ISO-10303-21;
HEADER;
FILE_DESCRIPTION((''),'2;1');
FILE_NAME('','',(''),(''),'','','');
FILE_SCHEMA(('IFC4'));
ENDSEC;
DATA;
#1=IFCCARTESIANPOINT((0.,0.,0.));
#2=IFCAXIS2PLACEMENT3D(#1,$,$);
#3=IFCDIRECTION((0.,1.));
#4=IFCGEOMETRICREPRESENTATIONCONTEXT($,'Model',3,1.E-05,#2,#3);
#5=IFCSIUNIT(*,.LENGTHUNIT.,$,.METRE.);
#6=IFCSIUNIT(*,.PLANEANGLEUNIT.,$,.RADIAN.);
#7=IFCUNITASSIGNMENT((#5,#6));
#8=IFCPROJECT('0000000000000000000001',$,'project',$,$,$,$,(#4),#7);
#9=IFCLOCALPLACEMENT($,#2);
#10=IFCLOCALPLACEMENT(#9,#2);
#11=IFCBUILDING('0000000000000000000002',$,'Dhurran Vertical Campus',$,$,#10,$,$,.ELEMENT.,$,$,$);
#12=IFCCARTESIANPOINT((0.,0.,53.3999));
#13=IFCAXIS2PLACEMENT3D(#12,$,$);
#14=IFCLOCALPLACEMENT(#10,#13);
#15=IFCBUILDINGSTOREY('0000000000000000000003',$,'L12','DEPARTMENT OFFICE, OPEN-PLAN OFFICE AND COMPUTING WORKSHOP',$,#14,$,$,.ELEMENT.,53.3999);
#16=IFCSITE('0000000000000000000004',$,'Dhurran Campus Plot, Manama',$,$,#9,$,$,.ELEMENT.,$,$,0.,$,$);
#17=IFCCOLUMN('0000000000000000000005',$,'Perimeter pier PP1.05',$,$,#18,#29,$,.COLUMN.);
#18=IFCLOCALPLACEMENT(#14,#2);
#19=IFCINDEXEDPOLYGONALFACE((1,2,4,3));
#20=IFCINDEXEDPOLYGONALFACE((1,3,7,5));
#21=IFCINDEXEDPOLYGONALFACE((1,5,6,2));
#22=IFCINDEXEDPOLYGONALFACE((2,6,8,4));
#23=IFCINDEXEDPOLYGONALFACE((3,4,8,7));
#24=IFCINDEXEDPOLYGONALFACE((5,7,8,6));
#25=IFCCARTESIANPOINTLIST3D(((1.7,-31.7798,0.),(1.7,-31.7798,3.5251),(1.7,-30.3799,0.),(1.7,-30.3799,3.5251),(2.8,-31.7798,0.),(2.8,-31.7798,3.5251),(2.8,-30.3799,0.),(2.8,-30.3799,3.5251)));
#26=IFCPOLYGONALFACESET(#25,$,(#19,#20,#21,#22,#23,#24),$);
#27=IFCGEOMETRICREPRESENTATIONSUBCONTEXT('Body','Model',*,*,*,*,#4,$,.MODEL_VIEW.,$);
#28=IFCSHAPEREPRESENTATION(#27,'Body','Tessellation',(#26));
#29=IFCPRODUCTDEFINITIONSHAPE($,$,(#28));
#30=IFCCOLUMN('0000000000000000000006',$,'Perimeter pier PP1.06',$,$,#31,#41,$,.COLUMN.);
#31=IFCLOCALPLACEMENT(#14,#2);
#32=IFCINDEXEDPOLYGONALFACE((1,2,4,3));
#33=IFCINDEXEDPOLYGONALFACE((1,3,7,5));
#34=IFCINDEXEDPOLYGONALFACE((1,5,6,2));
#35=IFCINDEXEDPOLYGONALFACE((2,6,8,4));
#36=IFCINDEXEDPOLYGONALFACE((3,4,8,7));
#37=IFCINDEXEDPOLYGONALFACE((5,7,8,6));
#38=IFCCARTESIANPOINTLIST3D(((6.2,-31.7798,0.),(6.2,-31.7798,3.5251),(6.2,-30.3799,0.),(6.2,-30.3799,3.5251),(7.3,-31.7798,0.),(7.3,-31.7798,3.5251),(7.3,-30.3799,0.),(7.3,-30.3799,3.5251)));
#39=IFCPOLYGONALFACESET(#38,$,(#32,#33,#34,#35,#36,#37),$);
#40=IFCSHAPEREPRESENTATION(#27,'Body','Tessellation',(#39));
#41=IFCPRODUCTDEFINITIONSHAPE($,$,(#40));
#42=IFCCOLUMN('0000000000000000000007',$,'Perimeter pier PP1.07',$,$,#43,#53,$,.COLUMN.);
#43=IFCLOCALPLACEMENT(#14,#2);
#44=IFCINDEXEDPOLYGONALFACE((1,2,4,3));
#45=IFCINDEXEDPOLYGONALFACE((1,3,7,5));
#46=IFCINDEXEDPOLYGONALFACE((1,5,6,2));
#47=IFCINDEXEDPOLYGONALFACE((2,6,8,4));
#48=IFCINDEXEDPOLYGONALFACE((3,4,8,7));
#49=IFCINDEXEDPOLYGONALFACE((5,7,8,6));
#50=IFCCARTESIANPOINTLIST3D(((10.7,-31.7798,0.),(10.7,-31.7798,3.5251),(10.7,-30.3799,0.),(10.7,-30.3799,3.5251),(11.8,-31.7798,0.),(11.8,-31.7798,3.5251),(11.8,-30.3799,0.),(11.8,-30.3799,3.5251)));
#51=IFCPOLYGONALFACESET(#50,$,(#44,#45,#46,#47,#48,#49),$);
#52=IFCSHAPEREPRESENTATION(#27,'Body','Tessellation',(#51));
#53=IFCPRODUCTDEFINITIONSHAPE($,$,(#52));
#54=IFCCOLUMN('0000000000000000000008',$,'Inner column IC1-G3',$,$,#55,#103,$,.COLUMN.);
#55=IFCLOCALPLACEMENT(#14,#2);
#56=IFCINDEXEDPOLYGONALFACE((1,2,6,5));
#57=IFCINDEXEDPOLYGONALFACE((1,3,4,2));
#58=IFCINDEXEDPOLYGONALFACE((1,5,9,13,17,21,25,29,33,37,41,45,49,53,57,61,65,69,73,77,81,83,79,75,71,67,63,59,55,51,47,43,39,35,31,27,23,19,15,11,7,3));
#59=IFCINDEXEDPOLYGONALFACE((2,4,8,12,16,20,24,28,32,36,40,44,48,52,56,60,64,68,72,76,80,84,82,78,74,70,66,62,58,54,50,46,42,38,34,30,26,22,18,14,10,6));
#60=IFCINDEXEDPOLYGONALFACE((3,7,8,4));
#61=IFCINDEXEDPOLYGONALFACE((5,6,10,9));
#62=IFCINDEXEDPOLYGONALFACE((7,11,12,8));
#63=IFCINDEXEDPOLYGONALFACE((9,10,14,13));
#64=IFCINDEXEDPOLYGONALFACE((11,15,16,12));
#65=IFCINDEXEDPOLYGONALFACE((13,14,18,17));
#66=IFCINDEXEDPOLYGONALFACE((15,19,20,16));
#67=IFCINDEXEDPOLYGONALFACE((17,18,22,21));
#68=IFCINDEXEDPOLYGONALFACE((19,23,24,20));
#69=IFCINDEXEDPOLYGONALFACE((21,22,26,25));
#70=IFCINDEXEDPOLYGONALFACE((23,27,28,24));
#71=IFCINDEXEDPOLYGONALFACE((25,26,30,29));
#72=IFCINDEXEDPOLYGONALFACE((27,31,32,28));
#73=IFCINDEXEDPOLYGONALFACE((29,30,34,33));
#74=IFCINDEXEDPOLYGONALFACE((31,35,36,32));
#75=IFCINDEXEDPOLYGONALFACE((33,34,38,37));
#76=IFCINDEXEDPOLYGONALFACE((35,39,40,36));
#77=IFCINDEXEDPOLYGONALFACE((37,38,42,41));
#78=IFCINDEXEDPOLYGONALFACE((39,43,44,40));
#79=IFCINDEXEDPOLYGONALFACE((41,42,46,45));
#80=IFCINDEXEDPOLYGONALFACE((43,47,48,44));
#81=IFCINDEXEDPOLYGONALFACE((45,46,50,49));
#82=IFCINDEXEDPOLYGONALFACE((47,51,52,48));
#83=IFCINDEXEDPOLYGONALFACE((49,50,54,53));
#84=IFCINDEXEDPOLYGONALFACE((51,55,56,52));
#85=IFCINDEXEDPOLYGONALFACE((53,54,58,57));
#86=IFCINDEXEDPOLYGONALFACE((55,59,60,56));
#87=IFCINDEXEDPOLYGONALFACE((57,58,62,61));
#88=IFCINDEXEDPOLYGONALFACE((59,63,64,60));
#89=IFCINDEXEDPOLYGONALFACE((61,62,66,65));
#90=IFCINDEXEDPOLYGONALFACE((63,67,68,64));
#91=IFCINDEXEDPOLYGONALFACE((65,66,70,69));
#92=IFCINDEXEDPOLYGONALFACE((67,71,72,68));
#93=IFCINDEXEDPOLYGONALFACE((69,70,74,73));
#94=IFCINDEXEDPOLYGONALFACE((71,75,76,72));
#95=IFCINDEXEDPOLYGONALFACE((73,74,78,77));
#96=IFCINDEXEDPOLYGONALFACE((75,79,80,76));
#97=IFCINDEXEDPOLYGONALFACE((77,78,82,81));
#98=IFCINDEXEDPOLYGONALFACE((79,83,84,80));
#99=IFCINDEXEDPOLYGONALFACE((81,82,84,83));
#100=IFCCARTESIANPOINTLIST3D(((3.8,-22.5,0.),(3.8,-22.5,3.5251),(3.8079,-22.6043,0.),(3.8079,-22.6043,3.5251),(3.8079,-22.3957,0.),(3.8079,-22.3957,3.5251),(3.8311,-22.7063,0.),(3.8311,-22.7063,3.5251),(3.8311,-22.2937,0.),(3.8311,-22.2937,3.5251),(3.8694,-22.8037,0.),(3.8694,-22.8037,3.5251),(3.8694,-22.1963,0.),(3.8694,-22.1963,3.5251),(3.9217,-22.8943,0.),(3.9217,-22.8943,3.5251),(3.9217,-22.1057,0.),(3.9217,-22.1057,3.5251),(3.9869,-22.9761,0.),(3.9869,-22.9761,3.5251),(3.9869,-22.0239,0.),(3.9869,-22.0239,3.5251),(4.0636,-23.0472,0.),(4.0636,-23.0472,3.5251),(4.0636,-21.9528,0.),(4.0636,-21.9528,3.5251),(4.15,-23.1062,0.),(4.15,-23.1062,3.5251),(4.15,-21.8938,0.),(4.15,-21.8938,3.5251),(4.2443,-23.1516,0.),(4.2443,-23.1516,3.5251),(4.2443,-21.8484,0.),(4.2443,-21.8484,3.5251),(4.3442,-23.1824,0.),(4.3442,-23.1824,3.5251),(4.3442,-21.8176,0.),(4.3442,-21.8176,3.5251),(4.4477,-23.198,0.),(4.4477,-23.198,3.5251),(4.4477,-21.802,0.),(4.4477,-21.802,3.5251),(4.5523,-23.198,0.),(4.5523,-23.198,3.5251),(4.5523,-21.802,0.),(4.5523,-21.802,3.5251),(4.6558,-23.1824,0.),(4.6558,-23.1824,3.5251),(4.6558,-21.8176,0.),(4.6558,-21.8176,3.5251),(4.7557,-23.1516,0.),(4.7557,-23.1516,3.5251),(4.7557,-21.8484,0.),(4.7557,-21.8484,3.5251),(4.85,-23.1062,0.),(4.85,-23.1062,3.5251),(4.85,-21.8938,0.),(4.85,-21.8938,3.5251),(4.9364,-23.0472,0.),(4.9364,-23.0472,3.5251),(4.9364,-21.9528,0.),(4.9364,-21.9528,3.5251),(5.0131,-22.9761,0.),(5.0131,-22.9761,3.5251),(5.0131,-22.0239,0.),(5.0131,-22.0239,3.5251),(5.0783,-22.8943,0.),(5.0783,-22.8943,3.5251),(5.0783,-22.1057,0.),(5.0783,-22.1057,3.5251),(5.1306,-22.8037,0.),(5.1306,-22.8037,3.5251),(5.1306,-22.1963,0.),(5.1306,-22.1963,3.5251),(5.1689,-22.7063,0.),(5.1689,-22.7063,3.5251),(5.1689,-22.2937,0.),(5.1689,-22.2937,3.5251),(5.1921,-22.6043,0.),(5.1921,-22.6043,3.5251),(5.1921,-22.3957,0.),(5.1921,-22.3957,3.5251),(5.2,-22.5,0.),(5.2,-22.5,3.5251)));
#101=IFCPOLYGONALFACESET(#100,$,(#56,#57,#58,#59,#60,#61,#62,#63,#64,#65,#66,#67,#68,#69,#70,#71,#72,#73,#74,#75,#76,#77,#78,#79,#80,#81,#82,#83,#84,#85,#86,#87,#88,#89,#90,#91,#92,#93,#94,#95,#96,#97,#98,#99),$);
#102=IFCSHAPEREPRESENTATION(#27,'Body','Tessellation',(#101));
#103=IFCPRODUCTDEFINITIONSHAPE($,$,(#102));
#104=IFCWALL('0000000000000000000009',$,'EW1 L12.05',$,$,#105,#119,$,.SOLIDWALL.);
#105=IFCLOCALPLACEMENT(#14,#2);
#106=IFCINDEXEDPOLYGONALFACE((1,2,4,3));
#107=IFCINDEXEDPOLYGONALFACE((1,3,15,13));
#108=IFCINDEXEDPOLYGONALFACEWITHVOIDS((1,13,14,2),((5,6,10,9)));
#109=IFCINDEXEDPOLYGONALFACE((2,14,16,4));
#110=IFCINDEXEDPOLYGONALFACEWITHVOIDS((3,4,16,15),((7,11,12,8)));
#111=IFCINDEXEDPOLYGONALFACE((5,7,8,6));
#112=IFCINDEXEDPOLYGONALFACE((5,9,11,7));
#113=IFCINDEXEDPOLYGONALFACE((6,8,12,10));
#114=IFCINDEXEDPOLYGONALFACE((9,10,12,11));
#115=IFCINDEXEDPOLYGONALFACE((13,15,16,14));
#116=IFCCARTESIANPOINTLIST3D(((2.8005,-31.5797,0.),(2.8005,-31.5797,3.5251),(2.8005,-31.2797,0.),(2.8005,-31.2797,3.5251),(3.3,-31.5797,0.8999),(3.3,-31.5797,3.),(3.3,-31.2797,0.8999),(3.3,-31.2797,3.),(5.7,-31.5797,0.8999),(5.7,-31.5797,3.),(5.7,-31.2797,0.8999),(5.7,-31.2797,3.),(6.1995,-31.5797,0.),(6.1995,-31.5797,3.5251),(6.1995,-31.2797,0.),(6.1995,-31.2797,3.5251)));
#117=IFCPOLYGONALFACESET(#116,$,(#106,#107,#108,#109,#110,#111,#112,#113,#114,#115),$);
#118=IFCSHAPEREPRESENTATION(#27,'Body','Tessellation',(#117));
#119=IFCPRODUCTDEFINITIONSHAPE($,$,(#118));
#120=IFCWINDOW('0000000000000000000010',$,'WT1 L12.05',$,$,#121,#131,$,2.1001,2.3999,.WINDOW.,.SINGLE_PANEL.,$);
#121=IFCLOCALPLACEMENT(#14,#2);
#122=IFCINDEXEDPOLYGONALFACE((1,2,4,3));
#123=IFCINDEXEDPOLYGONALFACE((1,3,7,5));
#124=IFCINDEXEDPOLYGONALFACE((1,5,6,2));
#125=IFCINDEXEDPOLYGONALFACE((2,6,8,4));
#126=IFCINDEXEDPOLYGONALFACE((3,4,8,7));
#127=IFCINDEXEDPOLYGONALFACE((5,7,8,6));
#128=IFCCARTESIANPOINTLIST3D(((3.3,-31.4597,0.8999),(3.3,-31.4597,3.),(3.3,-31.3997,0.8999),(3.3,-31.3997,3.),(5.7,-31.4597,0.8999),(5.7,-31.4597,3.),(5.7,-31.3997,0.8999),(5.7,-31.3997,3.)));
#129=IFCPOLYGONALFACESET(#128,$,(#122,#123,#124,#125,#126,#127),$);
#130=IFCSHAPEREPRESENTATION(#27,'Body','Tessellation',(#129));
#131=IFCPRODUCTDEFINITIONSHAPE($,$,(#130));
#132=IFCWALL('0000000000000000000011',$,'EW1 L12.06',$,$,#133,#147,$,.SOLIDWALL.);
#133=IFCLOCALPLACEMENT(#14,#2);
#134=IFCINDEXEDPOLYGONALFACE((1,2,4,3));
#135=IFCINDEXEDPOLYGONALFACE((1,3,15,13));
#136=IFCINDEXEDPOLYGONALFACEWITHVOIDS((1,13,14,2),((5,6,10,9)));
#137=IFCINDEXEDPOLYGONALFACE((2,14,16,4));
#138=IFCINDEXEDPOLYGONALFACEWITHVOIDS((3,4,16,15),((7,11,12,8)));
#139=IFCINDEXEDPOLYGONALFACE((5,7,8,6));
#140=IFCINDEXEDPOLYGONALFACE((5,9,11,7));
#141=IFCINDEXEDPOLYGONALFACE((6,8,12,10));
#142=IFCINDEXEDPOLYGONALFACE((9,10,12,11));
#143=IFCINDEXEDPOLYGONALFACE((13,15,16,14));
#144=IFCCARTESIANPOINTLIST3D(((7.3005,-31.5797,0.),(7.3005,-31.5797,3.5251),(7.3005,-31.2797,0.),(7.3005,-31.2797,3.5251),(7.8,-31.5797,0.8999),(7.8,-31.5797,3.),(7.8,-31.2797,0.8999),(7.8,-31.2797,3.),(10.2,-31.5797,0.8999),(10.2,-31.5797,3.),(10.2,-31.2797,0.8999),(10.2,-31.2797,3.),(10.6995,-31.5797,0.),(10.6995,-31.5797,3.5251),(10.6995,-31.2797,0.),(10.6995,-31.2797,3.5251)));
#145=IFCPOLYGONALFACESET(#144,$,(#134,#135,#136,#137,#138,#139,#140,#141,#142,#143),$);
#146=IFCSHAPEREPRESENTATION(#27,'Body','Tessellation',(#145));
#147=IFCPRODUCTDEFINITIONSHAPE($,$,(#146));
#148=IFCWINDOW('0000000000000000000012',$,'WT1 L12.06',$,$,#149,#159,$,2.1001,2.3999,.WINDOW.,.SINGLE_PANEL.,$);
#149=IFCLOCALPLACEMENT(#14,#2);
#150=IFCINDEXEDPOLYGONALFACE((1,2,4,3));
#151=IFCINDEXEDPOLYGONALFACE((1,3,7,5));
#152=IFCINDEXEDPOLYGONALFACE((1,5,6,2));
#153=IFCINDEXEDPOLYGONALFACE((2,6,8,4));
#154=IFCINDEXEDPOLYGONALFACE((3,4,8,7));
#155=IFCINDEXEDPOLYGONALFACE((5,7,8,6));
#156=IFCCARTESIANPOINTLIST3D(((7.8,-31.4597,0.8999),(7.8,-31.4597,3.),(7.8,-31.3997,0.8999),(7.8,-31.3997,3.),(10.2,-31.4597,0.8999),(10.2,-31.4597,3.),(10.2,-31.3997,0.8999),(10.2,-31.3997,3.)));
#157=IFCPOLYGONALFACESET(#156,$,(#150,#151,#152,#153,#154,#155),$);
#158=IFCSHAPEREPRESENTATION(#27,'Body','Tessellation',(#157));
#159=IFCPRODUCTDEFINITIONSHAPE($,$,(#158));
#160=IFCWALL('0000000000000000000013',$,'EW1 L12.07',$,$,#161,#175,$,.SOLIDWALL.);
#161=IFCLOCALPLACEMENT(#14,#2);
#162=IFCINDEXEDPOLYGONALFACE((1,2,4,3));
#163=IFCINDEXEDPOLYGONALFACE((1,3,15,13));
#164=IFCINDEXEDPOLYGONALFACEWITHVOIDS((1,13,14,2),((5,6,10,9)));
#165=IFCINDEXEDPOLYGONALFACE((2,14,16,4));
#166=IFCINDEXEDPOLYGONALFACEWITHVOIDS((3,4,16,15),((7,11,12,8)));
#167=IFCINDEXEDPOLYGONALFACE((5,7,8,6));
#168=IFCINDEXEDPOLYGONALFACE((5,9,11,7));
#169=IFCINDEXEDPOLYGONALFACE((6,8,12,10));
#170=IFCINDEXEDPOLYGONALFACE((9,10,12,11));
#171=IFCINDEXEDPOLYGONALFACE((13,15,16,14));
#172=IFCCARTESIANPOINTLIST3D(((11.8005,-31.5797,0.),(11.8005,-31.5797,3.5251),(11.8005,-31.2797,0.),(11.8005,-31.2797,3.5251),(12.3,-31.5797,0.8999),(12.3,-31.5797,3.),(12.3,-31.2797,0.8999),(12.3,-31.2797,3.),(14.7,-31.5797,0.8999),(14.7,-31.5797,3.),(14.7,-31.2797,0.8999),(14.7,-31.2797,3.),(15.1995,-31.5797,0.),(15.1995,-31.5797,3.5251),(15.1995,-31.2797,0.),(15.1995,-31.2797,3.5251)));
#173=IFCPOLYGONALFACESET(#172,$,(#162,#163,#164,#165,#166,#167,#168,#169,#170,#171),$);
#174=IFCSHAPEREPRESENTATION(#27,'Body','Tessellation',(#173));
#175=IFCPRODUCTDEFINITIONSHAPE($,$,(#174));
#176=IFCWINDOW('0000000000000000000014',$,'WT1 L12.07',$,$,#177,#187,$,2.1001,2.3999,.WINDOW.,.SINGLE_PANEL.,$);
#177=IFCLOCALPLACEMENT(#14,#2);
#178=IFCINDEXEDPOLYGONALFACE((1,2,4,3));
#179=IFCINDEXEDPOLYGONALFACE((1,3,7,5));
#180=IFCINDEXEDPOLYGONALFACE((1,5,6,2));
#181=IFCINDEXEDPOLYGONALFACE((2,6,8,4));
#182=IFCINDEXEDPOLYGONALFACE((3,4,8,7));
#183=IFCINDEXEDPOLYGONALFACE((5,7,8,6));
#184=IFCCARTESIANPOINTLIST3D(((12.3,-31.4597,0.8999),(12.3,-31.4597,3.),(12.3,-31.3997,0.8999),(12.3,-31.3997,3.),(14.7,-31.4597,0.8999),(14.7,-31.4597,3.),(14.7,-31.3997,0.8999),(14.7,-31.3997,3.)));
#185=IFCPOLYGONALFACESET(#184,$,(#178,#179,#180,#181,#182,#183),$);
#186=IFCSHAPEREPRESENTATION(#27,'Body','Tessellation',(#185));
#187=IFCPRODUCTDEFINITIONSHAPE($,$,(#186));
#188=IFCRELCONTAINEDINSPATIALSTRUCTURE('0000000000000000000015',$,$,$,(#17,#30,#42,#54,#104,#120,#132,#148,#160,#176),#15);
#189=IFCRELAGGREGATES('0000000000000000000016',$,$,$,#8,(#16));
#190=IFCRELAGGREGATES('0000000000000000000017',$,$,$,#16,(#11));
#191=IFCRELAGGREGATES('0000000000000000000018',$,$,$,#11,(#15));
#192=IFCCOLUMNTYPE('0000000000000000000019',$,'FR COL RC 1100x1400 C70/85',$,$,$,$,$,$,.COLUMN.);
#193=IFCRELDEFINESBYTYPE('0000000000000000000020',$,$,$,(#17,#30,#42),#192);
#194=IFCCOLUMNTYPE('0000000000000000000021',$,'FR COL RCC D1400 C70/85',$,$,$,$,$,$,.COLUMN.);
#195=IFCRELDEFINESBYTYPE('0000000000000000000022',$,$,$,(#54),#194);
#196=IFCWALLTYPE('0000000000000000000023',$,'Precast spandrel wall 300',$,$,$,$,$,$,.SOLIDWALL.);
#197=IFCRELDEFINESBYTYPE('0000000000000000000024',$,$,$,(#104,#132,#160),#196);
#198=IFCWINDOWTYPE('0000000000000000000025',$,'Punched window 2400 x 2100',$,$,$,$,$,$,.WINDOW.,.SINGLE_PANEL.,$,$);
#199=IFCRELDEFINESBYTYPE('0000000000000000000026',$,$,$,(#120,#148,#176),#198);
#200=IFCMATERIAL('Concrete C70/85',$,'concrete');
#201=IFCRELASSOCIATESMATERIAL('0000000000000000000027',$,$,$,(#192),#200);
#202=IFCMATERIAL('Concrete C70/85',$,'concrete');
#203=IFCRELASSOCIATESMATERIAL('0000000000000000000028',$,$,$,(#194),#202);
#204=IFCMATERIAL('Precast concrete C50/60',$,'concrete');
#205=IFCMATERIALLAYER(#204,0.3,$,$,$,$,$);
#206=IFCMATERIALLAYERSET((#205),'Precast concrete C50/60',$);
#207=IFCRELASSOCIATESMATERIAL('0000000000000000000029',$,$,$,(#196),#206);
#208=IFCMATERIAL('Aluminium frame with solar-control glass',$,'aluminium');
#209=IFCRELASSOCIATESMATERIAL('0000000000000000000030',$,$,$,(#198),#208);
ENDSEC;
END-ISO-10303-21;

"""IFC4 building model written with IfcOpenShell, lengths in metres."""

from ifc_helpers import new_model, si_unit, direction, frame, frame_2d, origin, origin_2d, place, context, subcontext, project, spatial, rectangle, circle, extrude, material, layer, layer_set, material_profile, profile_set, type_object, element, fill, save


model = new_model("IFC4")

# Units and contexts
model_context = context("Model", 3, precision=1e-05, world=origin(), true_north=direction((0.0, 1.0)))
body_context = subcontext(model_context, "Body", "Model", "MODEL_VIEW")
ifc_project = project(units=[si_unit("LENGTHUNIT", "METRE"), si_unit("PLANEANGLEUNIT", "RADIAN")], contexts=[model_context])

# Site, building, storey
site_placement = place(None, origin())
site = spatial("IfcSite", under=ifc_project, at=site_placement, Name="Dhurran Campus Plot, Manama", CompositionType="ELEMENT", RefElevation=0.0)
building_placement = place(site_placement, origin())
building = spatial("IfcBuilding", under=site, at=building_placement, Name="Dhurran Vertical Campus", CompositionType="ELEMENT")
storey_placement = place(building_placement, frame((0.0, 0.0, 53.3999)))
storey = spatial("IfcBuildingStorey", under=building, at=storey_placement, Name="L12", Description="DEPARTMENT OFFICE, OPEN-PLAN OFFICE AND COMPUTING WORKSHOP", CompositionType="ELEMENT", Elevation=53.3999)

# Columns
ifc_material_1 = material(Name="Concrete C70/85", Category="concrete")
ifc_material_profile_1 = material_profile(ifc_material_1, rectangle(XDim=1.1001, YDim=1.3999, at=origin_2d()), Name="RC 1100x1400")
ifc_profile_set_1 = profile_set([ifc_material_profile_1], Name="Concrete C70/85")
column_type_1 = type_object("IfcColumnType", Name="FR COL RC 1100x1400 C70/85", PredefinedType="COLUMN", material=ifc_profile_set_1)
for number, where, z_axis, x_axis, name in (
    (1, (2.25, -31.0798, 0.0), (0.0, 0.0, 1.0), (1.0, 0.0, 0.0), "Perimeter pier PP1.05"),
    (2, (6.75, -31.0798, 0.0), (0.0, 0.0, 1.0), (1.0, 0.0, 0.0), "Perimeter pier PP1.06"),
    (3, (11.25, -31.0798, 0.0), (0.0, 0.0, 1.0), (1.0, 0.0, 0.0), "Perimeter pier PP1.07"),
):
    element("IfcColumn", number, at=place(storey_placement, frame(where, z_axis=z_axis, x_axis=x_axis)), inside=storey, type_object=column_type_1, Name=name, PredefinedType="COLUMN", context=body_context, shape_type="SweptSolid", body=[
        extrude(rectangle(XDim=1.1001, YDim=1.3999, at=origin_2d()), origin(), (0.0, 0.0, 1.0), 3.5251),
    ])
ifc_material_2 = material(Name="Concrete C70/85", Category="concrete")
ifc_material_profile_2 = material_profile(ifc_material_2, circle(Radius=0.7, at=origin_2d()), Name="RCC D1400")
ifc_profile_set_2 = profile_set([ifc_material_profile_2], Name="Concrete C70/85")
column_type_2 = type_object("IfcColumnType", Name="FR COL RCC D1400 C70/85", PredefinedType="COLUMN", material=ifc_profile_set_2)
column_placement = place(storey_placement, frame((4.5, -22.5, 0.0), z_axis=(0.0, 0.0, 1.0), x_axis=(1.0, 0.0, 0.0)))
element("IfcColumn", 4, at=column_placement, inside=storey, type_object=column_type_2, Name="Inner column IC1-G3", PredefinedType="COLUMN", context=body_context, shape_type="SweptSolid", body=[
    extrude(circle(Radius=0.7, at=origin_2d()), origin(), (0.0, 0.0, 1.0), 3.5251),
])

# Walls, openings, windows
ifc_material_3 = material(Name="Precast concrete C50/60", Category="concrete")
ifc_layer_1 = layer(ifc_material_3, 0.3)
ifc_layer_set_1 = layer_set([ifc_layer_1], Name="Precast concrete C50/60")
wall_type_1 = type_object("IfcWallType", Name="Precast spandrel wall 300", PredefinedType="SOLIDWALL", material=ifc_layer_set_1)
wall_1_placement = place(storey_placement, frame((2.8005, -31.4297, 0.0), z_axis=(0.0, 0.0, 1.0), x_axis=(1.0, 0.0, 0.0)))
wall_1 = element("IfcWall", 5, at=wall_1_placement, inside=storey, type_object=wall_type_1, Name="EW1 L12.05", PredefinedType="SOLIDWALL", context=body_context, shape_type="SweptSolid", body=[
    extrude(rectangle(XDim=3.3989, YDim=0.3, at=frame_2d((1.6995, 0.0))), origin(), (0.0, 0.0, 1.0), 3.5251),
])
opening_1_placement = place(wall_1_placement, frame((0.4995, 0.0, 0.8999)))
opening_1 = element("IfcOpeningElement", 6, at=opening_1_placement, cuts=wall_1, PredefinedType="OPENING", context=body_context, shape_type="SweptSolid", body=[
    extrude(rectangle(XDim=2.3999, YDim=2.1001, at=frame_2d((1.2, 1.05))), frame((0.0, 0.1599, 0.0), z_axis=(0.0, -1.0, 0.0), x_axis=(1.0, 0.0, 0.0)), (0.0, 0.0, 1.0), 0.3201),
])
ifc_material_4 = material(Name="Aluminium frame with solar-control glass", Category="aluminium")
window_type = type_object("IfcWindowType", Name="Punched window 2400 x 2100", PartitioningType="SINGLE_PANEL", PredefinedType="WINDOW", material=ifc_material_4)
window_1_placement = place(opening_1_placement, origin())
window_1 = element("IfcWindow", 7, at=window_1_placement, inside=storey, type_object=window_type, Name="WT1 L12.05", OverallHeight=2.1001, OverallWidth=2.3999, PartitioningType="SINGLE_PANEL", PredefinedType="WINDOW", context=body_context, shape_type="SweptSolid", body=[
    extrude(rectangle(XDim=2.3999, YDim=2.1001, at=frame_2d((1.2, 1.05))), frame((0.0, 0.03, 0.0), z_axis=(0.0, -1.0, 0.0), x_axis=(1.0, 0.0, 0.0)), (0.0, 0.0, 1.0), 0.0601),
])
fill(opening_1, window_1)
wall_2_placement = place(storey_placement, frame((7.3005, -31.4297, 0.0), z_axis=(0.0, 0.0, 1.0), x_axis=(1.0, 0.0, 0.0)))
wall_2 = element("IfcWall", 8, at=wall_2_placement, inside=storey, type_object=wall_type_1, Name="EW1 L12.06", PredefinedType="SOLIDWALL", context=body_context, shape_type="SweptSolid", body=[
    extrude(rectangle(XDim=3.3989, YDim=0.3, at=frame_2d((1.6995, 0.0))), origin(), (0.0, 0.0, 1.0), 3.5251),
])
opening_2_placement = place(wall_2_placement, frame((0.4995, 0.0, 0.8999)))
opening_2 = element("IfcOpeningElement", 9, at=opening_2_placement, cuts=wall_2, PredefinedType="OPENING", context=body_context, shape_type="SweptSolid", body=[
    extrude(rectangle(XDim=2.3999, YDim=2.1001, at=frame_2d((1.2, 1.05))), frame((0.0, 0.1599, 0.0), z_axis=(0.0, -1.0, 0.0), x_axis=(1.0, 0.0, 0.0)), (0.0, 0.0, 1.0), 0.3201),
])
window_2_placement = place(opening_2_placement, origin())
window_2 = element("IfcWindow", 10, at=window_2_placement, inside=storey, type_object=window_type, Name="WT1 L12.06", OverallHeight=2.1001, OverallWidth=2.3999, PartitioningType="SINGLE_PANEL", PredefinedType="WINDOW", context=body_context, shape_type="SweptSolid", body=[
    extrude(rectangle(XDim=2.3999, YDim=2.1001, at=frame_2d((1.2, 1.05))), frame((0.0, 0.03, 0.0), z_axis=(0.0, -1.0, 0.0), x_axis=(1.0, 0.0, 0.0)), (0.0, 0.0, 1.0), 0.0601),
])
fill(opening_2, window_2)
wall_3_placement = place(storey_placement, frame((11.8005, -31.4297, 0.0), z_axis=(0.0, 0.0, 1.0), x_axis=(1.0, 0.0, 0.0)))
wall_3 = element("IfcWall", 11, at=wall_3_placement, inside=storey, type_object=wall_type_1, Name="EW1 L12.07", PredefinedType="SOLIDWALL", context=body_context, shape_type="SweptSolid", body=[
    extrude(rectangle(XDim=3.3989, YDim=0.3, at=frame_2d((1.6995, 0.0))), origin(), (0.0, 0.0, 1.0), 3.5251),
])
opening_3_placement = place(wall_3_placement, frame((0.4995, 0.0, 0.8999)))
opening_3 = element("IfcOpeningElement", 12, at=opening_3_placement, cuts=wall_3, PredefinedType="OPENING", context=body_context, shape_type="SweptSolid", body=[
    extrude(rectangle(XDim=2.3999, YDim=2.1001, at=frame_2d((1.2, 1.05))), frame((0.0, 0.1599, 0.0), z_axis=(0.0, -1.0, 0.0), x_axis=(1.0, 0.0, 0.0)), (0.0, 0.0, 1.0), 0.3201),
])
window_3_placement = place(opening_3_placement, origin())
window_3 = element("IfcWindow", 13, at=window_3_placement, inside=storey, type_object=window_type, Name="WT1 L12.07", OverallHeight=2.1001, OverallWidth=2.3999, PartitioningType="SINGLE_PANEL", PredefinedType="WINDOW", context=body_context, shape_type="SweptSolid", body=[
    extrude(rectangle(XDim=2.3999, YDim=2.1001, at=frame_2d((1.2, 1.05))), frame((0.0, 0.03, 0.0), z_axis=(0.0, -1.0, 0.0), x_axis=(1.0, 0.0, 0.0)), (0.0, 0.0, 1.0), 0.0601),
])
fill(opening_3, window_3)

save(model, "model.ifc")
